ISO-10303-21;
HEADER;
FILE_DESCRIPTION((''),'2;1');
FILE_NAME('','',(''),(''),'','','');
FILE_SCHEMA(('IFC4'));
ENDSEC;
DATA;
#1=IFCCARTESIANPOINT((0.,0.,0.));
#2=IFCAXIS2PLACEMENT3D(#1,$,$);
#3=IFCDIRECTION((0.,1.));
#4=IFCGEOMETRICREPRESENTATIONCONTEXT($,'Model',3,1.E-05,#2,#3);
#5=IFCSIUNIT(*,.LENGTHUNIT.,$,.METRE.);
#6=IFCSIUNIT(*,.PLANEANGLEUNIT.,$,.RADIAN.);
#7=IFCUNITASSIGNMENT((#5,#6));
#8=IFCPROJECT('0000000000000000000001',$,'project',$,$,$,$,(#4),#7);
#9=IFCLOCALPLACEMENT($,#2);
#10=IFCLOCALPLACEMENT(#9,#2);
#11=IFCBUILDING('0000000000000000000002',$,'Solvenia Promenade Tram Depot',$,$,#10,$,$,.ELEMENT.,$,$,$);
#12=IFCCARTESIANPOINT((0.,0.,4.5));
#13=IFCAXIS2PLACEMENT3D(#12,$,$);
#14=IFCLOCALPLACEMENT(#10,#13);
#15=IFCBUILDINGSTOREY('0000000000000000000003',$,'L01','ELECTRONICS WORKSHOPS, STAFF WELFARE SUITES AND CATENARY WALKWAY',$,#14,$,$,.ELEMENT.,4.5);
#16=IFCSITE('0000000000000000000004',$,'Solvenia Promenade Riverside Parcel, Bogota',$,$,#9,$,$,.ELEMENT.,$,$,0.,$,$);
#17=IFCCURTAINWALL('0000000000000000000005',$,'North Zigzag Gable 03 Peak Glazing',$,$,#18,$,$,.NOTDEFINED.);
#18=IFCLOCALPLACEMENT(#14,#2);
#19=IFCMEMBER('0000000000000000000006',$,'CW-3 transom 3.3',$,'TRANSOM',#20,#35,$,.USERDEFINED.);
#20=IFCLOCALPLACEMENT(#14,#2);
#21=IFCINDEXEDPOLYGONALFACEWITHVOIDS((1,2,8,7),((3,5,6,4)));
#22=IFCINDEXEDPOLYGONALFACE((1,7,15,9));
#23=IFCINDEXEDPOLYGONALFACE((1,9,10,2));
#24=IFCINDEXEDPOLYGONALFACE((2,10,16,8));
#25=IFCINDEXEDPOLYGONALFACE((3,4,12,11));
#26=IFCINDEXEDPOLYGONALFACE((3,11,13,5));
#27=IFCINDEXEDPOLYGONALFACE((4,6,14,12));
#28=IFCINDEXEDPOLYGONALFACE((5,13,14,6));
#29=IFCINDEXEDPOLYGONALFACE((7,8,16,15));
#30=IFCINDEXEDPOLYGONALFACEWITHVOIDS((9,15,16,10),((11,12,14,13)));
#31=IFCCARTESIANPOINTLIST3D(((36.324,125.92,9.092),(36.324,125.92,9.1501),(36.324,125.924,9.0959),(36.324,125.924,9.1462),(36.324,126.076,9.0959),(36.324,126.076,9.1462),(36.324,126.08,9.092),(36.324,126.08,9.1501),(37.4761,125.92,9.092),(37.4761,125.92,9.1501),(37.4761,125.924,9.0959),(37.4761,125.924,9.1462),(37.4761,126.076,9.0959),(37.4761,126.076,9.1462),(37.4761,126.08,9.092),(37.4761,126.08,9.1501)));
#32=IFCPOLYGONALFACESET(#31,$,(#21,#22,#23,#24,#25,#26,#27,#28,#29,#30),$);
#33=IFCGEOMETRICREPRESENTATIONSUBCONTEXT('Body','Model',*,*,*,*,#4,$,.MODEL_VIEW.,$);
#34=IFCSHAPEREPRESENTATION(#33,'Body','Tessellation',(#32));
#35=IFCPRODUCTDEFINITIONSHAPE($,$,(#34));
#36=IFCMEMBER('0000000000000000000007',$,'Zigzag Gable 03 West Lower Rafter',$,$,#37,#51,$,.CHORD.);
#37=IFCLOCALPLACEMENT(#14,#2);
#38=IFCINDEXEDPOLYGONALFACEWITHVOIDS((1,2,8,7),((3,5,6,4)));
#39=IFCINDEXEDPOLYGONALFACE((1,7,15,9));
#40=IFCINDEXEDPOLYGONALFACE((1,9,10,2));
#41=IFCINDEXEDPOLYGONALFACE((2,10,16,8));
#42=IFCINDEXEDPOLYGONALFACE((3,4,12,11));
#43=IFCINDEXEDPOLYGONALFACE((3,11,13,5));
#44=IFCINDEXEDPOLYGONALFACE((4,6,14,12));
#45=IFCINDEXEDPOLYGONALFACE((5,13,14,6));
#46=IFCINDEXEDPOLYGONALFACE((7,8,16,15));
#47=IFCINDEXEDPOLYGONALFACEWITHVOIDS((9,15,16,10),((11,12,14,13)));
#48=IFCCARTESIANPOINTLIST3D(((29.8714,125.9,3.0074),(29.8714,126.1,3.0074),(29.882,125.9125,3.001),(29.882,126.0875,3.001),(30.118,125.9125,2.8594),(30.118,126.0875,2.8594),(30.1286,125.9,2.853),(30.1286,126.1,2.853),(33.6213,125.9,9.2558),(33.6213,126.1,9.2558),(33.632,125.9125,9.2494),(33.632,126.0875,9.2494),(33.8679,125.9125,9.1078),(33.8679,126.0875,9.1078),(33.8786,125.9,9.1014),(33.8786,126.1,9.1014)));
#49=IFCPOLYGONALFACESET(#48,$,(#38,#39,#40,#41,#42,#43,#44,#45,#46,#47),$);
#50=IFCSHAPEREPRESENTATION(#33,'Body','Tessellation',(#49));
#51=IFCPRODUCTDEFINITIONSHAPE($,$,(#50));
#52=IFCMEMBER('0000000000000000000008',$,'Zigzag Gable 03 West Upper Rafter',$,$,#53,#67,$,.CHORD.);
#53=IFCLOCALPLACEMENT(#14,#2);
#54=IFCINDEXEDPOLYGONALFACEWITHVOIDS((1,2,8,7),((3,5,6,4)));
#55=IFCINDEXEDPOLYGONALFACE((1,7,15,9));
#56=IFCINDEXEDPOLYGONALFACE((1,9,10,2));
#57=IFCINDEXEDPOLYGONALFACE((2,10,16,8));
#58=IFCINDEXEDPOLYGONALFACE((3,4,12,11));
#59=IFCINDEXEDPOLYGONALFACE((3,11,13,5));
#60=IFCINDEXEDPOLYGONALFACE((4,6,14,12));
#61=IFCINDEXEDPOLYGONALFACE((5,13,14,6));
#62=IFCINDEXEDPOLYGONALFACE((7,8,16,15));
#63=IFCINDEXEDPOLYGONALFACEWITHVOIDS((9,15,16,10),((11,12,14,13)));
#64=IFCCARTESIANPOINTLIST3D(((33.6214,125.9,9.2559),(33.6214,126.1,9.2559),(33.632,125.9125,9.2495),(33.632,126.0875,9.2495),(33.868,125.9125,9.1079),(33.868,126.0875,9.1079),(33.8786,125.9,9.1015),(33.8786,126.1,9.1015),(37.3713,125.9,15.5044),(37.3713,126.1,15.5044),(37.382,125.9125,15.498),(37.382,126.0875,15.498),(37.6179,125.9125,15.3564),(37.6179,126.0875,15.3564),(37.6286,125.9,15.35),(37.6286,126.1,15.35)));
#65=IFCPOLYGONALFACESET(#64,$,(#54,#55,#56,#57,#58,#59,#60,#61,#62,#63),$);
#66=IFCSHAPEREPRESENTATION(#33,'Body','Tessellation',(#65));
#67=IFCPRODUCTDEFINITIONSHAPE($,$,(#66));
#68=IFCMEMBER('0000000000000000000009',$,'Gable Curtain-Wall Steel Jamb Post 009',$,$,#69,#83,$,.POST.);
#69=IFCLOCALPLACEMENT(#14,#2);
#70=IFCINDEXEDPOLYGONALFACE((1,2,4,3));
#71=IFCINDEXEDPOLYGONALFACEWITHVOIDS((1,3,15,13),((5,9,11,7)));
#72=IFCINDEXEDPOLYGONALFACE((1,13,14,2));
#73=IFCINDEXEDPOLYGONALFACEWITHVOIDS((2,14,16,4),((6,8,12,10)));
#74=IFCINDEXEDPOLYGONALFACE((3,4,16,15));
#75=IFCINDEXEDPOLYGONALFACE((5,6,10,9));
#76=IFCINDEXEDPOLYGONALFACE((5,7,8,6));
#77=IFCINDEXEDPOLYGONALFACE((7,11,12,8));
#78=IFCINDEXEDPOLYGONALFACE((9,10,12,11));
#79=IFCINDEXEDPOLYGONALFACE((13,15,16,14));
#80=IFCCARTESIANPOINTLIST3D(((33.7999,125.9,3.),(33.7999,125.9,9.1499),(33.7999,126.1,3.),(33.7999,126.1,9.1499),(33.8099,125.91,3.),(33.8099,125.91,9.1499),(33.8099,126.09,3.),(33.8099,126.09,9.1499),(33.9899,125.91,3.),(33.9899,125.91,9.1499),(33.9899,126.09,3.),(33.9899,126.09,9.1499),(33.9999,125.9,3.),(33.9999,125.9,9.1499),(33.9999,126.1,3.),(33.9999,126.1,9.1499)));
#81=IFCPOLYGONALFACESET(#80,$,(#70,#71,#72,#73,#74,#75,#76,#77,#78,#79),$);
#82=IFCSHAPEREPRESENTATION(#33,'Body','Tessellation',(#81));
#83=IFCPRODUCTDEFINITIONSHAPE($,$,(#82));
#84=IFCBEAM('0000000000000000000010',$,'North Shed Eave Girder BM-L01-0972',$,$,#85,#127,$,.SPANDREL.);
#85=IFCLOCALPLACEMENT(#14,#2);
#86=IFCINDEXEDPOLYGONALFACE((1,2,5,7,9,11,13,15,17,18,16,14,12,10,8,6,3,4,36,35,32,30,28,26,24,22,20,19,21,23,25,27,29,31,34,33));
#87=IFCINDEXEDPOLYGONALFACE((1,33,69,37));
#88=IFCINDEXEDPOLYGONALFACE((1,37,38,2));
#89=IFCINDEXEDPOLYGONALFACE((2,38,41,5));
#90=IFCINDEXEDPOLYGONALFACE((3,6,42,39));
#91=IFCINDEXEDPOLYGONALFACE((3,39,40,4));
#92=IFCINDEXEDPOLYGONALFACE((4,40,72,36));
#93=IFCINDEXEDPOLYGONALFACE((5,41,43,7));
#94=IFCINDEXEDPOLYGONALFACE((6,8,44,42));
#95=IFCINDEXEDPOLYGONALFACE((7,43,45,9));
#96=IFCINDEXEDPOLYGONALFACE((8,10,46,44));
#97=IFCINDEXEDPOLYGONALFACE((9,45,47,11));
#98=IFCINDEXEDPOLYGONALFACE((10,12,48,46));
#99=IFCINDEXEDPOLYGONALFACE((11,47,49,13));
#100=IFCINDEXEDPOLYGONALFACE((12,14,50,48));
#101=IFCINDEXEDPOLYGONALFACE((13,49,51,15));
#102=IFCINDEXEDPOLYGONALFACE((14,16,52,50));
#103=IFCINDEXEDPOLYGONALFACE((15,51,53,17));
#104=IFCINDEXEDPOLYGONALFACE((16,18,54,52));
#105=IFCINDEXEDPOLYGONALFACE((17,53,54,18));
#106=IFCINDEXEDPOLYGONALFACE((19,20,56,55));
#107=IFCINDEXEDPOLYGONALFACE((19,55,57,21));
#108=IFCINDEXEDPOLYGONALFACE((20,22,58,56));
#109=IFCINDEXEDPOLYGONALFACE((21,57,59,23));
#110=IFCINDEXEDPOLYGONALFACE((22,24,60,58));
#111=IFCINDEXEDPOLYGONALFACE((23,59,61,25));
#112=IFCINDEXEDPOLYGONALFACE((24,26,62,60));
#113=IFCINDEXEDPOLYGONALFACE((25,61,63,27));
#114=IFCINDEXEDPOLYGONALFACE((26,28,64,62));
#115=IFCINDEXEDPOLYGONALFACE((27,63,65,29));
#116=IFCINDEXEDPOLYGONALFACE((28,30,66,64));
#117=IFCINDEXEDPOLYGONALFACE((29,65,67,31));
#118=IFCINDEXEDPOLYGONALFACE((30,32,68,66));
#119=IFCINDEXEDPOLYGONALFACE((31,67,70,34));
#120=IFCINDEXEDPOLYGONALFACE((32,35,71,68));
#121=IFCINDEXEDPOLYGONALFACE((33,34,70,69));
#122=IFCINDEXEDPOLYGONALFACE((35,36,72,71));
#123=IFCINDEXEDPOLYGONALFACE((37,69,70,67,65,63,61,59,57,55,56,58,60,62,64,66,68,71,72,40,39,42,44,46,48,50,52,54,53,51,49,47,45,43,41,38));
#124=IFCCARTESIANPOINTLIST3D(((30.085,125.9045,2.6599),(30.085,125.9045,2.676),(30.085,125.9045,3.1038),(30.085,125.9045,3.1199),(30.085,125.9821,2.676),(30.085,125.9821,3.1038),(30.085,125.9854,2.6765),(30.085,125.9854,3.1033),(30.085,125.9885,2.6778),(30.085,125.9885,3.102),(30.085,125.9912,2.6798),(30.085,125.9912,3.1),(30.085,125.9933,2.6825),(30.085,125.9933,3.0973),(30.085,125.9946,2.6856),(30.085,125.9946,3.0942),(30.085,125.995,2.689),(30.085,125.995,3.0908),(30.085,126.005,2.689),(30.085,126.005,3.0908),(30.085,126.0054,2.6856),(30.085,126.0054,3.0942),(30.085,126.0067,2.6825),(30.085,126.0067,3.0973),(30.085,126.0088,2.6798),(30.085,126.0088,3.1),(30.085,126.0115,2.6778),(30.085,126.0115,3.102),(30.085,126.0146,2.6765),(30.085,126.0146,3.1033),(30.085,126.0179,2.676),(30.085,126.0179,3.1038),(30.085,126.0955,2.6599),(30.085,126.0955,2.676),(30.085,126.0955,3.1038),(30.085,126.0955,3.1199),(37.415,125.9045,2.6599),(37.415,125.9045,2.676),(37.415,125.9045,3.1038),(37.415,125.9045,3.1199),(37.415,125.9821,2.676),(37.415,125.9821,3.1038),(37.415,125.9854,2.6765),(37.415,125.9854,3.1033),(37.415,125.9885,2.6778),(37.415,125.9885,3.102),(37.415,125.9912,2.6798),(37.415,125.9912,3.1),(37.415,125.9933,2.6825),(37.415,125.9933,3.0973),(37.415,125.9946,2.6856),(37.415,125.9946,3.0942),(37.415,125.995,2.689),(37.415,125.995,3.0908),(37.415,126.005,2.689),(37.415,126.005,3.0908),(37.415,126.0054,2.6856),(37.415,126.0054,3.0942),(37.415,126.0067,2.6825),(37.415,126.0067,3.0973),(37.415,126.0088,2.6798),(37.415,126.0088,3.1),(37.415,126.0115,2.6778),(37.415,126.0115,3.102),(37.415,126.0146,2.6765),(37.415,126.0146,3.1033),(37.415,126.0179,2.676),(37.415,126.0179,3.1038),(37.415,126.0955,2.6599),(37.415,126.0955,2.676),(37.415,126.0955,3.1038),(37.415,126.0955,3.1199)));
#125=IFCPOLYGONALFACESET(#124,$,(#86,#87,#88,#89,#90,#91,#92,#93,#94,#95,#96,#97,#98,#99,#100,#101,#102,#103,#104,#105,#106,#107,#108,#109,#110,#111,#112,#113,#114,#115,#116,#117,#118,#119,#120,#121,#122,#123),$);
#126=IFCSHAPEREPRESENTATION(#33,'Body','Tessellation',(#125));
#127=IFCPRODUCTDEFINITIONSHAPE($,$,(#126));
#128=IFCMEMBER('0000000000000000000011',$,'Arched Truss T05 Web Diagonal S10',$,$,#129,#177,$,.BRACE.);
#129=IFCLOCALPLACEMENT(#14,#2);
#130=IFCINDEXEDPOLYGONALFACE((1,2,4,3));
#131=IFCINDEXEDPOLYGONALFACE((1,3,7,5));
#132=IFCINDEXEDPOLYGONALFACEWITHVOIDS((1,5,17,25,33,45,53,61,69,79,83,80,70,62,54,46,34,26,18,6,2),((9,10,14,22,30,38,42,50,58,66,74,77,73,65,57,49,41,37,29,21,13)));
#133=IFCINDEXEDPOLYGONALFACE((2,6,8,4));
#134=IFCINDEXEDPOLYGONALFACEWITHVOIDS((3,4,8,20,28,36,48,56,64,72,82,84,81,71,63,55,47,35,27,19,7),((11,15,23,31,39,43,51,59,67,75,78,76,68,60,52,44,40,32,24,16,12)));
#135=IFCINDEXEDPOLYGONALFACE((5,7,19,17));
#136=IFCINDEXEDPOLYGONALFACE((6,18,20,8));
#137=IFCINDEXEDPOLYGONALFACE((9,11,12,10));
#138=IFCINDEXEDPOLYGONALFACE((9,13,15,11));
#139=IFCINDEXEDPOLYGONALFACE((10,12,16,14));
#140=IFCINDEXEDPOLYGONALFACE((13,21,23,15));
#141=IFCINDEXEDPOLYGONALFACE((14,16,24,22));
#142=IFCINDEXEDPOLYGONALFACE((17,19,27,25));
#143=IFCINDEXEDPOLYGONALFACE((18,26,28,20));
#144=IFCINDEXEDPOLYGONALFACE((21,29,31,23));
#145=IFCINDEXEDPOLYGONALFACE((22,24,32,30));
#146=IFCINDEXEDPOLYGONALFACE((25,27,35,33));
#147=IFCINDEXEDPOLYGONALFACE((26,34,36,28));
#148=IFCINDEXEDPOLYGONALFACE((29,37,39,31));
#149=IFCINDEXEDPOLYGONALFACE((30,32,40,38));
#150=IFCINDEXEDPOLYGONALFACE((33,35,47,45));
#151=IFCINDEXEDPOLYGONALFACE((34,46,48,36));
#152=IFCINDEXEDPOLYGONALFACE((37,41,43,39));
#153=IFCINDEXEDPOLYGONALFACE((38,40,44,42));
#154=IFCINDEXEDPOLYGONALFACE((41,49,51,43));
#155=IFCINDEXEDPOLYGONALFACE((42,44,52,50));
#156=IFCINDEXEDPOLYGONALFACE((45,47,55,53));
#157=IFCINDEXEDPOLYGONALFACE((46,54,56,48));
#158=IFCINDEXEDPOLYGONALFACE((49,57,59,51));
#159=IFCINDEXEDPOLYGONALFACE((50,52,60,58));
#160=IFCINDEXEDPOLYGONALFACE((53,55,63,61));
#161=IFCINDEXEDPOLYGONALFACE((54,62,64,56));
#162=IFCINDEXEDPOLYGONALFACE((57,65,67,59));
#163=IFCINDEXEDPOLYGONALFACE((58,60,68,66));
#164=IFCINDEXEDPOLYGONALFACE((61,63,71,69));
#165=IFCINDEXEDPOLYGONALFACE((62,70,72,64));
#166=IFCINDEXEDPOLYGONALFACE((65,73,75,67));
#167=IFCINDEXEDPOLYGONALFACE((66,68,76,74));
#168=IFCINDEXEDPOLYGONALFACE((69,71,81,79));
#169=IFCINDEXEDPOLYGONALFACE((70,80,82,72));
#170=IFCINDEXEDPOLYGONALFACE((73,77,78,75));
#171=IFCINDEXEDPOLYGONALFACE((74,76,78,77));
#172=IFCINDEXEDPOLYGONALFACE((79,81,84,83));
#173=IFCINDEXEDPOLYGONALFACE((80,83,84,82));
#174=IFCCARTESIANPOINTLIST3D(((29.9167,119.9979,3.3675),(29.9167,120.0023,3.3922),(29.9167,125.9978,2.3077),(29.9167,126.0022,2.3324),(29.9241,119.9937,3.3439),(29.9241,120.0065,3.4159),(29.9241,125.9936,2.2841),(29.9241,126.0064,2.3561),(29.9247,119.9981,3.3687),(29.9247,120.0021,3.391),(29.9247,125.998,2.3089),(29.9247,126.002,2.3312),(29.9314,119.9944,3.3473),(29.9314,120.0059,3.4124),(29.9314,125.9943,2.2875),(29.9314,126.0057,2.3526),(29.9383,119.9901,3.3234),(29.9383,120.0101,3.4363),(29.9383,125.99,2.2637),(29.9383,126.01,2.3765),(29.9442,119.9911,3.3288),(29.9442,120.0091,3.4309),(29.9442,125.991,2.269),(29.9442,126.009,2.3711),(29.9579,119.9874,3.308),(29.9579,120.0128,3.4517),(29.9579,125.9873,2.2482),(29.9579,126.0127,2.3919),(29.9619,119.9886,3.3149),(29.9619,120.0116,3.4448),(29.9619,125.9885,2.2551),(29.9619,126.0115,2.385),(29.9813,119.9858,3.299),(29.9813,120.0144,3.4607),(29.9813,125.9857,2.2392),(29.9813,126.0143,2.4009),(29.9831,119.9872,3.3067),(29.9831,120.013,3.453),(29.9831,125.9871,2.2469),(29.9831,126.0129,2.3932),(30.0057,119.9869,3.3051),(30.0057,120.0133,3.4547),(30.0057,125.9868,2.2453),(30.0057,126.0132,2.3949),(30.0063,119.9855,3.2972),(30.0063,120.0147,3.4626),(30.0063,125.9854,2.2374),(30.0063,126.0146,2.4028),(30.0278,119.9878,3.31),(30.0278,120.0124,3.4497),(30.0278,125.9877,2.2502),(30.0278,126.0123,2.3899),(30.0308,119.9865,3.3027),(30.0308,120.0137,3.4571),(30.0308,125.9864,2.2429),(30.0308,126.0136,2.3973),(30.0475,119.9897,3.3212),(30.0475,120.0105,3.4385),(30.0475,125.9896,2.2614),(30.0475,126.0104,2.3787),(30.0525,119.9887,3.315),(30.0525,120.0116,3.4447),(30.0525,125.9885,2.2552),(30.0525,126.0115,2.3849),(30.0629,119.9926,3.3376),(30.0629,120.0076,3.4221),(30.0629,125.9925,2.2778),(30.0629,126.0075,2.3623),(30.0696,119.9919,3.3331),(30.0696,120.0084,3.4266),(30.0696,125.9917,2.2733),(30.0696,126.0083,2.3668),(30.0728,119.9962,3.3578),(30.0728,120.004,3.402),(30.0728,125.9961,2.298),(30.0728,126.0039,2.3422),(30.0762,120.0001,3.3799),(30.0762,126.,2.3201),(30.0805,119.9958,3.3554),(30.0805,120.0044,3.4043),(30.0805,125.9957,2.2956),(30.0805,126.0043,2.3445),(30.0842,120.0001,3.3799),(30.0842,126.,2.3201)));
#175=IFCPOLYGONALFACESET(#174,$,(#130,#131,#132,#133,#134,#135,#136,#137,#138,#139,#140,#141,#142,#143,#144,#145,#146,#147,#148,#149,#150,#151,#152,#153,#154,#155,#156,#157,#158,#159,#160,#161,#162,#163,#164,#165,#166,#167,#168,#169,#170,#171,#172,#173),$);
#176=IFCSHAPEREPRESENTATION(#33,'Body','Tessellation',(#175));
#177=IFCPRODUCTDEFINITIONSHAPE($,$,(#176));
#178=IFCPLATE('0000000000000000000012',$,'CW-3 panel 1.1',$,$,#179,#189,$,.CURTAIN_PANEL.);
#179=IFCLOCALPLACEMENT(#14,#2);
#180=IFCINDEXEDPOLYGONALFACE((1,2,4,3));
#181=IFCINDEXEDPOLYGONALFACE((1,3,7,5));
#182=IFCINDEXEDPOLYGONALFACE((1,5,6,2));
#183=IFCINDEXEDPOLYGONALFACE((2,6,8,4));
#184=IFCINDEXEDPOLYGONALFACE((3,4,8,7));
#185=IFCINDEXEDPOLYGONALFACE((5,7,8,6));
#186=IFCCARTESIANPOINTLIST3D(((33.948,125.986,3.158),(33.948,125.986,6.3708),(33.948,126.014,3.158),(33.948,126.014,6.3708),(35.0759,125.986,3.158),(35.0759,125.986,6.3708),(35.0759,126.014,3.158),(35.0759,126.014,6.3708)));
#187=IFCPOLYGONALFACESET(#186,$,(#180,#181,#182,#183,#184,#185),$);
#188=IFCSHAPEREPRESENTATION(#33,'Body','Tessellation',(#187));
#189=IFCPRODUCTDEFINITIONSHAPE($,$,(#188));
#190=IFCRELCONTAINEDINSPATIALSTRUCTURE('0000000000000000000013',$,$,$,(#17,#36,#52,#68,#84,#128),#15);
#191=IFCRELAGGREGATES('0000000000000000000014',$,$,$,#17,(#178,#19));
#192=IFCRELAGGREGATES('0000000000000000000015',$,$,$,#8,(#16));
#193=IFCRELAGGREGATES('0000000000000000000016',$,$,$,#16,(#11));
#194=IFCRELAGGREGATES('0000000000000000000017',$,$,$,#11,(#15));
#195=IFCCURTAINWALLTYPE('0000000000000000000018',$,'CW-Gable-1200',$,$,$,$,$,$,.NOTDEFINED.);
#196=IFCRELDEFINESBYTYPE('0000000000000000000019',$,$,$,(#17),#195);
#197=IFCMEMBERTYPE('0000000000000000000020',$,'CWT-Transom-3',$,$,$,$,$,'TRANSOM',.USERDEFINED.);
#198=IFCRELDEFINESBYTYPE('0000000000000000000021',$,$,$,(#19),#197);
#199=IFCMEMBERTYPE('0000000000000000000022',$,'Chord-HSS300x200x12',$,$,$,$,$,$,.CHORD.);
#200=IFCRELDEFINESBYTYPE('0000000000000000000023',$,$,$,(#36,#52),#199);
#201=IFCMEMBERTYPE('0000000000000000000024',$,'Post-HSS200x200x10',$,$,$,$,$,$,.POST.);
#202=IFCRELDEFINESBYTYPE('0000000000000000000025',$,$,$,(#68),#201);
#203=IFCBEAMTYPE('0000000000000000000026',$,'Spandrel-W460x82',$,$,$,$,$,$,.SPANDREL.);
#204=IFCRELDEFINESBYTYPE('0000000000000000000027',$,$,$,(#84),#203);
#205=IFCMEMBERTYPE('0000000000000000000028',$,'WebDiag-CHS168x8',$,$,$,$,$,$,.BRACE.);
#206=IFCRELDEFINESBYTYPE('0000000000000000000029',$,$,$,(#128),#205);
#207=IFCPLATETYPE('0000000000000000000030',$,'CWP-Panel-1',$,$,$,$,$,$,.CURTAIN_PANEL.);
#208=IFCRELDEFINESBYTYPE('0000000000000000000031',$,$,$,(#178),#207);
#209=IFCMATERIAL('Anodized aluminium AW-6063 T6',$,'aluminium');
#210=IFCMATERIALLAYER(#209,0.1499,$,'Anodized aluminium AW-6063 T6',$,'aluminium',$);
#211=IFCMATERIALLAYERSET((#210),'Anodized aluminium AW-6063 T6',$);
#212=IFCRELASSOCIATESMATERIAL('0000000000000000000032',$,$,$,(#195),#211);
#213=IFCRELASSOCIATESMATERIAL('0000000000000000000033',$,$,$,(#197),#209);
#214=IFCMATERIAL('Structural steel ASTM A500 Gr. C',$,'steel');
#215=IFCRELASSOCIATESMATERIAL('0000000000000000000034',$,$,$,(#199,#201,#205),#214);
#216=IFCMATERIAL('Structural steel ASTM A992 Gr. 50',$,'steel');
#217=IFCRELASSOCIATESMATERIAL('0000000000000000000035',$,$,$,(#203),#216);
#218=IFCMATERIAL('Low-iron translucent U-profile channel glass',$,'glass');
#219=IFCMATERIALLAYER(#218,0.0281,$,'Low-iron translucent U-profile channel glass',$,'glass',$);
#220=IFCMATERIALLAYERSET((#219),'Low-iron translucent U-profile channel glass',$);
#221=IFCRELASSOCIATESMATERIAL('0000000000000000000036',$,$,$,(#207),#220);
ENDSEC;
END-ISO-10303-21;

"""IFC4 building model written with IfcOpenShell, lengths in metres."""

from ifc_helpers import new_model, si_unit, direction, frame, origin, origin_2d, place, context, subcontext, project, spatial, rectangle, hollow_rectangle, hollow_circle, i_section, extrude, material, layer, layer_set, material_profile, profile_set, type_object, element, aggregate, save


model = new_model("IFC4")

# Units and contexts
model_context = context("Model", 3, precision=1e-05, world=origin(), true_north=direction((0.0, 1.0)))
body_context = subcontext(model_context, "Body", "Model", "MODEL_VIEW")
ifc_project = project(units=[si_unit("LENGTHUNIT", "METRE"), si_unit("PLANEANGLEUNIT", "RADIAN")], contexts=[model_context])

# Site, building, storey
site_placement = place(None, origin())
site = spatial("IfcSite", under=ifc_project, at=site_placement, Name="Solvenia Promenade Riverside Parcel, Bogota", CompositionType="ELEMENT", RefElevation=0.0)
building_placement = place(site_placement, origin())
building = spatial("IfcBuilding", under=site, at=building_placement, Name="Solvenia Promenade Tram Depot", CompositionType="ELEMENT")
storey_placement = place(building_placement, frame((0.0, 0.0, 4.5)))
storey = spatial("IfcBuildingStorey", under=building, at=storey_placement, Name="L01", Description="ELECTRONICS WORKSHOPS, STAFF WELFARE SUITES AND CATENARY WALKWAY", CompositionType="ELEMENT", Elevation=4.5)

# Curtain wall, member
ifc_material_1 = material(Name="Anodized aluminium AW-6063 T6", Category="aluminium")
ifc_layer_1 = layer(ifc_material_1, 0.1499, Name="Anodized aluminium AW-6063 T6", Category="aluminium")
ifc_layer_set_1 = layer_set([ifc_layer_1], Name="Anodized aluminium AW-6063 T6")
curtain_wall_type = type_object("IfcCurtainWallType", Name="CW-Gable-1200", PredefinedType="NOTDEFINED", material=ifc_layer_set_1)
curtain_wall_placement = place(storey_placement, origin())
curtain_wall = element("IfcCurtainWall", 1, at=curtain_wall_placement, inside=storey, type_object=curtain_wall_type, Name="North Zigzag Gable 03 Peak Glazing", PredefinedType="NOTDEFINED")
ifc_material_profile_1 = material_profile(ifc_material_1, hollow_rectangle(XDim=0.1599, YDim=0.0581, WallThickness=0.0039, at=origin_2d()), Name="ALU-T3", Category="aluminium")
ifc_profile_set_1 = profile_set([ifc_material_profile_1], Name="Anodized aluminium AW-6063 T6")
member_type_1 = type_object("IfcMemberType", Name="CWT-Transom-3", ElementType="TRANSOM", PredefinedType="USERDEFINED", material=ifc_profile_set_1)
member_1_placement = place(storey_placement, frame((36.324, 126.0, 9.1211), z_axis=(1.0, 0.0, 0.0), x_axis=(0.0, 1.0, 0.0)))
member_1 = element("IfcMember", 2, at=member_1_placement, type_object=member_type_1, Name="CW-3 transom 3.3", ObjectType="TRANSOM", PredefinedType="USERDEFINED", context=body_context, shape_type="SweptSolid", body=[
    extrude(hollow_rectangle(XDim=0.1599, YDim=0.0581, WallThickness=0.0039, at=origin_2d()), origin(), (0.0, 0.0, 1.0), 1.1521),
])

# Members
ifc_material_2 = material(Name="Structural steel ASTM A500 Gr. C", Category="steel")
ifc_material_profile_2 = material_profile(ifc_material_2, hollow_rectangle(XDim=0.2, YDim=0.3, WallThickness=0.0125, at=origin_2d()), Name="HSS300x200x12.5", Category="steel")
ifc_profile_set_2 = profile_set([ifc_material_profile_2], Name="Structural steel ASTM A500 Gr. C")
member_type_2 = type_object("IfcMemberType", Name="Chord-HSS300x200x12", PredefinedType="CHORD", material=ifc_profile_set_2)
for number, where, z_axis, x_axis, name in (
    (3, (30.0, 126.0, 2.9302), (0.514584, 0.0, 0.85744), (0.0, 1.0, 0.0), "Zigzag Gable 03 West Lower Rafter"),
    (4, (33.75, 126.0, 9.1787), (0.514584, 0.0, 0.85744), (0.0, 1.0, 0.0), "Zigzag Gable 03 West Upper Rafter"),
):
    element("IfcMember", number, at=place(storey_placement, frame(where, z_axis=z_axis, x_axis=x_axis)), inside=storey, type_object=member_type_2, Name=name, PredefinedType="CHORD", context=body_context, shape_type="SweptSolid", body=[
        extrude(hollow_rectangle(XDim=0.2, YDim=0.3, WallThickness=0.0125, at=origin_2d()), origin(), (0.0, 0.0, 1.0), 7.2874),
    ])
ifc_material_profile_3 = material_profile(ifc_material_2, hollow_rectangle(XDim=0.2, YDim=0.2, WallThickness=0.01, at=origin_2d()), Name="HSS200x200x10", Category="steel")
ifc_profile_set_3 = profile_set([ifc_material_profile_3], Name="Structural steel ASTM A500 Gr. C")
member_type_3 = type_object("IfcMemberType", Name="Post-HSS200x200x10", PredefinedType="POST", material=ifc_profile_set_3)
member_2_placement = place(storey_placement, frame((33.8999, 126.0, 3.0), z_axis=(0.0, 0.0, 1.0), x_axis=(1.0, 0.0, 0.0)))
element("IfcMember", 5, at=member_2_placement, inside=storey, type_object=member_type_3, Name="Gable Curtain-Wall Steel Jamb Post 009", PredefinedType="POST", context=body_context, shape_type="SweptSolid", body=[
    extrude(hollow_rectangle(XDim=0.2, YDim=0.2, WallThickness=0.01, at=origin_2d()), origin(), (0.0, 0.0, 1.0), 6.1499),
])

# Beam
ifc_material_3 = material(Name="Structural steel ASTM A992 Gr. 50", Category="steel")
ifc_material_profile_4 = material_profile(ifc_material_3, i_section(OverallWidth=0.1909, OverallDepth=0.46, WebThickness=0.01, FlangeThickness=0.0161, FilletRadius=0.0129, at=origin_2d()), Name="W460x82", Category="steel")
ifc_profile_set_4 = profile_set([ifc_material_profile_4], Name="Structural steel ASTM A992 Gr. 50")
beam_type = type_object("IfcBeamType", Name="Spandrel-W460x82", PredefinedType="SPANDREL", material=ifc_profile_set_4)
beam_placement = place(storey_placement, frame((30.085, 126.0, 2.8899), z_axis=(1.0, 0.0, 0.0), x_axis=(0.0, 1.0, 0.0)))
element("IfcBeam", 6, at=beam_placement, inside=storey, type_object=beam_type, Name="North Shed Eave Girder BM-L01-0972", PredefinedType="SPANDREL", context=body_context, shape_type="SweptSolid", body=[
    extrude(i_section(OverallWidth=0.1909, OverallDepth=0.46, WebThickness=0.01, FlangeThickness=0.0161, FilletRadius=0.0129, at=origin_2d()), origin(), (0.0, 0.0, 1.0), 7.3301),
])

# Member
ifc_material_profile_5 = material_profile(ifc_material_2, hollow_circle(Radius=0.0842, WallThickness=0.0081, at=origin_2d()), Name="CHS168.3x8", Category="steel")
ifc_profile_set_5 = profile_set([ifc_material_profile_5], Name="Structural steel ASTM A500 Gr. C")
member_type_4 = type_object("IfcMemberType", Name="WebDiag-CHS168x8", PredefinedType="BRACE", material=ifc_profile_set_5)
member_3_placement = place(storey_placement, frame((30.0, 126.0, 2.3201), z_axis=(0.0, -0.984756, 0.173943), x_axis=(1.0, 0.0, 0.0)))
element("IfcMember", 7, at=member_3_placement, inside=storey, type_object=member_type_4, Name="Arched Truss T05 Web Diagonal S10", PredefinedType="BRACE", context=body_context, shape_type="SweptSolid", body=[
    extrude(hollow_circle(Radius=0.0842, WallThickness=0.0081, at=origin_2d()), origin(), (0.0, 0.0, 1.0), 6.0928),
])

# Plate
ifc_material_4 = material(Name="Low-iron translucent U-profile channel glass", Category="glass")
ifc_layer_2 = layer(ifc_material_4, 0.0281, Name="Low-iron translucent U-profile channel glass", Category="glass")
ifc_layer_set_2 = layer_set([ifc_layer_2], Name="Low-iron translucent U-profile channel glass")
plate_type_1 = type_object("IfcPlateType", Name="CWP-Panel-1", PredefinedType="CURTAIN_PANEL", material=ifc_layer_set_2)
plate_1_placement = place(storey_placement, frame((34.512, 126.0, 3.158), z_axis=(0.0, 0.0, 1.0), x_axis=(1.0, 0.0, 0.0)))
plate_1 = element("IfcPlate", 8, at=plate_1_placement, type_object=plate_type_1, Name="CW-3 panel 1.1", PredefinedType="CURTAIN_PANEL", context=body_context, shape_type="SweptSolid", body=[
    extrude(rectangle(XDim=1.1279, YDim=0.0281, at=origin_2d()), origin(), (0.0, 0.0, 1.0), 3.2129),
])
aggregate(curtain_wall, [plate_1, member_1])

save(model, "model.ifc")
